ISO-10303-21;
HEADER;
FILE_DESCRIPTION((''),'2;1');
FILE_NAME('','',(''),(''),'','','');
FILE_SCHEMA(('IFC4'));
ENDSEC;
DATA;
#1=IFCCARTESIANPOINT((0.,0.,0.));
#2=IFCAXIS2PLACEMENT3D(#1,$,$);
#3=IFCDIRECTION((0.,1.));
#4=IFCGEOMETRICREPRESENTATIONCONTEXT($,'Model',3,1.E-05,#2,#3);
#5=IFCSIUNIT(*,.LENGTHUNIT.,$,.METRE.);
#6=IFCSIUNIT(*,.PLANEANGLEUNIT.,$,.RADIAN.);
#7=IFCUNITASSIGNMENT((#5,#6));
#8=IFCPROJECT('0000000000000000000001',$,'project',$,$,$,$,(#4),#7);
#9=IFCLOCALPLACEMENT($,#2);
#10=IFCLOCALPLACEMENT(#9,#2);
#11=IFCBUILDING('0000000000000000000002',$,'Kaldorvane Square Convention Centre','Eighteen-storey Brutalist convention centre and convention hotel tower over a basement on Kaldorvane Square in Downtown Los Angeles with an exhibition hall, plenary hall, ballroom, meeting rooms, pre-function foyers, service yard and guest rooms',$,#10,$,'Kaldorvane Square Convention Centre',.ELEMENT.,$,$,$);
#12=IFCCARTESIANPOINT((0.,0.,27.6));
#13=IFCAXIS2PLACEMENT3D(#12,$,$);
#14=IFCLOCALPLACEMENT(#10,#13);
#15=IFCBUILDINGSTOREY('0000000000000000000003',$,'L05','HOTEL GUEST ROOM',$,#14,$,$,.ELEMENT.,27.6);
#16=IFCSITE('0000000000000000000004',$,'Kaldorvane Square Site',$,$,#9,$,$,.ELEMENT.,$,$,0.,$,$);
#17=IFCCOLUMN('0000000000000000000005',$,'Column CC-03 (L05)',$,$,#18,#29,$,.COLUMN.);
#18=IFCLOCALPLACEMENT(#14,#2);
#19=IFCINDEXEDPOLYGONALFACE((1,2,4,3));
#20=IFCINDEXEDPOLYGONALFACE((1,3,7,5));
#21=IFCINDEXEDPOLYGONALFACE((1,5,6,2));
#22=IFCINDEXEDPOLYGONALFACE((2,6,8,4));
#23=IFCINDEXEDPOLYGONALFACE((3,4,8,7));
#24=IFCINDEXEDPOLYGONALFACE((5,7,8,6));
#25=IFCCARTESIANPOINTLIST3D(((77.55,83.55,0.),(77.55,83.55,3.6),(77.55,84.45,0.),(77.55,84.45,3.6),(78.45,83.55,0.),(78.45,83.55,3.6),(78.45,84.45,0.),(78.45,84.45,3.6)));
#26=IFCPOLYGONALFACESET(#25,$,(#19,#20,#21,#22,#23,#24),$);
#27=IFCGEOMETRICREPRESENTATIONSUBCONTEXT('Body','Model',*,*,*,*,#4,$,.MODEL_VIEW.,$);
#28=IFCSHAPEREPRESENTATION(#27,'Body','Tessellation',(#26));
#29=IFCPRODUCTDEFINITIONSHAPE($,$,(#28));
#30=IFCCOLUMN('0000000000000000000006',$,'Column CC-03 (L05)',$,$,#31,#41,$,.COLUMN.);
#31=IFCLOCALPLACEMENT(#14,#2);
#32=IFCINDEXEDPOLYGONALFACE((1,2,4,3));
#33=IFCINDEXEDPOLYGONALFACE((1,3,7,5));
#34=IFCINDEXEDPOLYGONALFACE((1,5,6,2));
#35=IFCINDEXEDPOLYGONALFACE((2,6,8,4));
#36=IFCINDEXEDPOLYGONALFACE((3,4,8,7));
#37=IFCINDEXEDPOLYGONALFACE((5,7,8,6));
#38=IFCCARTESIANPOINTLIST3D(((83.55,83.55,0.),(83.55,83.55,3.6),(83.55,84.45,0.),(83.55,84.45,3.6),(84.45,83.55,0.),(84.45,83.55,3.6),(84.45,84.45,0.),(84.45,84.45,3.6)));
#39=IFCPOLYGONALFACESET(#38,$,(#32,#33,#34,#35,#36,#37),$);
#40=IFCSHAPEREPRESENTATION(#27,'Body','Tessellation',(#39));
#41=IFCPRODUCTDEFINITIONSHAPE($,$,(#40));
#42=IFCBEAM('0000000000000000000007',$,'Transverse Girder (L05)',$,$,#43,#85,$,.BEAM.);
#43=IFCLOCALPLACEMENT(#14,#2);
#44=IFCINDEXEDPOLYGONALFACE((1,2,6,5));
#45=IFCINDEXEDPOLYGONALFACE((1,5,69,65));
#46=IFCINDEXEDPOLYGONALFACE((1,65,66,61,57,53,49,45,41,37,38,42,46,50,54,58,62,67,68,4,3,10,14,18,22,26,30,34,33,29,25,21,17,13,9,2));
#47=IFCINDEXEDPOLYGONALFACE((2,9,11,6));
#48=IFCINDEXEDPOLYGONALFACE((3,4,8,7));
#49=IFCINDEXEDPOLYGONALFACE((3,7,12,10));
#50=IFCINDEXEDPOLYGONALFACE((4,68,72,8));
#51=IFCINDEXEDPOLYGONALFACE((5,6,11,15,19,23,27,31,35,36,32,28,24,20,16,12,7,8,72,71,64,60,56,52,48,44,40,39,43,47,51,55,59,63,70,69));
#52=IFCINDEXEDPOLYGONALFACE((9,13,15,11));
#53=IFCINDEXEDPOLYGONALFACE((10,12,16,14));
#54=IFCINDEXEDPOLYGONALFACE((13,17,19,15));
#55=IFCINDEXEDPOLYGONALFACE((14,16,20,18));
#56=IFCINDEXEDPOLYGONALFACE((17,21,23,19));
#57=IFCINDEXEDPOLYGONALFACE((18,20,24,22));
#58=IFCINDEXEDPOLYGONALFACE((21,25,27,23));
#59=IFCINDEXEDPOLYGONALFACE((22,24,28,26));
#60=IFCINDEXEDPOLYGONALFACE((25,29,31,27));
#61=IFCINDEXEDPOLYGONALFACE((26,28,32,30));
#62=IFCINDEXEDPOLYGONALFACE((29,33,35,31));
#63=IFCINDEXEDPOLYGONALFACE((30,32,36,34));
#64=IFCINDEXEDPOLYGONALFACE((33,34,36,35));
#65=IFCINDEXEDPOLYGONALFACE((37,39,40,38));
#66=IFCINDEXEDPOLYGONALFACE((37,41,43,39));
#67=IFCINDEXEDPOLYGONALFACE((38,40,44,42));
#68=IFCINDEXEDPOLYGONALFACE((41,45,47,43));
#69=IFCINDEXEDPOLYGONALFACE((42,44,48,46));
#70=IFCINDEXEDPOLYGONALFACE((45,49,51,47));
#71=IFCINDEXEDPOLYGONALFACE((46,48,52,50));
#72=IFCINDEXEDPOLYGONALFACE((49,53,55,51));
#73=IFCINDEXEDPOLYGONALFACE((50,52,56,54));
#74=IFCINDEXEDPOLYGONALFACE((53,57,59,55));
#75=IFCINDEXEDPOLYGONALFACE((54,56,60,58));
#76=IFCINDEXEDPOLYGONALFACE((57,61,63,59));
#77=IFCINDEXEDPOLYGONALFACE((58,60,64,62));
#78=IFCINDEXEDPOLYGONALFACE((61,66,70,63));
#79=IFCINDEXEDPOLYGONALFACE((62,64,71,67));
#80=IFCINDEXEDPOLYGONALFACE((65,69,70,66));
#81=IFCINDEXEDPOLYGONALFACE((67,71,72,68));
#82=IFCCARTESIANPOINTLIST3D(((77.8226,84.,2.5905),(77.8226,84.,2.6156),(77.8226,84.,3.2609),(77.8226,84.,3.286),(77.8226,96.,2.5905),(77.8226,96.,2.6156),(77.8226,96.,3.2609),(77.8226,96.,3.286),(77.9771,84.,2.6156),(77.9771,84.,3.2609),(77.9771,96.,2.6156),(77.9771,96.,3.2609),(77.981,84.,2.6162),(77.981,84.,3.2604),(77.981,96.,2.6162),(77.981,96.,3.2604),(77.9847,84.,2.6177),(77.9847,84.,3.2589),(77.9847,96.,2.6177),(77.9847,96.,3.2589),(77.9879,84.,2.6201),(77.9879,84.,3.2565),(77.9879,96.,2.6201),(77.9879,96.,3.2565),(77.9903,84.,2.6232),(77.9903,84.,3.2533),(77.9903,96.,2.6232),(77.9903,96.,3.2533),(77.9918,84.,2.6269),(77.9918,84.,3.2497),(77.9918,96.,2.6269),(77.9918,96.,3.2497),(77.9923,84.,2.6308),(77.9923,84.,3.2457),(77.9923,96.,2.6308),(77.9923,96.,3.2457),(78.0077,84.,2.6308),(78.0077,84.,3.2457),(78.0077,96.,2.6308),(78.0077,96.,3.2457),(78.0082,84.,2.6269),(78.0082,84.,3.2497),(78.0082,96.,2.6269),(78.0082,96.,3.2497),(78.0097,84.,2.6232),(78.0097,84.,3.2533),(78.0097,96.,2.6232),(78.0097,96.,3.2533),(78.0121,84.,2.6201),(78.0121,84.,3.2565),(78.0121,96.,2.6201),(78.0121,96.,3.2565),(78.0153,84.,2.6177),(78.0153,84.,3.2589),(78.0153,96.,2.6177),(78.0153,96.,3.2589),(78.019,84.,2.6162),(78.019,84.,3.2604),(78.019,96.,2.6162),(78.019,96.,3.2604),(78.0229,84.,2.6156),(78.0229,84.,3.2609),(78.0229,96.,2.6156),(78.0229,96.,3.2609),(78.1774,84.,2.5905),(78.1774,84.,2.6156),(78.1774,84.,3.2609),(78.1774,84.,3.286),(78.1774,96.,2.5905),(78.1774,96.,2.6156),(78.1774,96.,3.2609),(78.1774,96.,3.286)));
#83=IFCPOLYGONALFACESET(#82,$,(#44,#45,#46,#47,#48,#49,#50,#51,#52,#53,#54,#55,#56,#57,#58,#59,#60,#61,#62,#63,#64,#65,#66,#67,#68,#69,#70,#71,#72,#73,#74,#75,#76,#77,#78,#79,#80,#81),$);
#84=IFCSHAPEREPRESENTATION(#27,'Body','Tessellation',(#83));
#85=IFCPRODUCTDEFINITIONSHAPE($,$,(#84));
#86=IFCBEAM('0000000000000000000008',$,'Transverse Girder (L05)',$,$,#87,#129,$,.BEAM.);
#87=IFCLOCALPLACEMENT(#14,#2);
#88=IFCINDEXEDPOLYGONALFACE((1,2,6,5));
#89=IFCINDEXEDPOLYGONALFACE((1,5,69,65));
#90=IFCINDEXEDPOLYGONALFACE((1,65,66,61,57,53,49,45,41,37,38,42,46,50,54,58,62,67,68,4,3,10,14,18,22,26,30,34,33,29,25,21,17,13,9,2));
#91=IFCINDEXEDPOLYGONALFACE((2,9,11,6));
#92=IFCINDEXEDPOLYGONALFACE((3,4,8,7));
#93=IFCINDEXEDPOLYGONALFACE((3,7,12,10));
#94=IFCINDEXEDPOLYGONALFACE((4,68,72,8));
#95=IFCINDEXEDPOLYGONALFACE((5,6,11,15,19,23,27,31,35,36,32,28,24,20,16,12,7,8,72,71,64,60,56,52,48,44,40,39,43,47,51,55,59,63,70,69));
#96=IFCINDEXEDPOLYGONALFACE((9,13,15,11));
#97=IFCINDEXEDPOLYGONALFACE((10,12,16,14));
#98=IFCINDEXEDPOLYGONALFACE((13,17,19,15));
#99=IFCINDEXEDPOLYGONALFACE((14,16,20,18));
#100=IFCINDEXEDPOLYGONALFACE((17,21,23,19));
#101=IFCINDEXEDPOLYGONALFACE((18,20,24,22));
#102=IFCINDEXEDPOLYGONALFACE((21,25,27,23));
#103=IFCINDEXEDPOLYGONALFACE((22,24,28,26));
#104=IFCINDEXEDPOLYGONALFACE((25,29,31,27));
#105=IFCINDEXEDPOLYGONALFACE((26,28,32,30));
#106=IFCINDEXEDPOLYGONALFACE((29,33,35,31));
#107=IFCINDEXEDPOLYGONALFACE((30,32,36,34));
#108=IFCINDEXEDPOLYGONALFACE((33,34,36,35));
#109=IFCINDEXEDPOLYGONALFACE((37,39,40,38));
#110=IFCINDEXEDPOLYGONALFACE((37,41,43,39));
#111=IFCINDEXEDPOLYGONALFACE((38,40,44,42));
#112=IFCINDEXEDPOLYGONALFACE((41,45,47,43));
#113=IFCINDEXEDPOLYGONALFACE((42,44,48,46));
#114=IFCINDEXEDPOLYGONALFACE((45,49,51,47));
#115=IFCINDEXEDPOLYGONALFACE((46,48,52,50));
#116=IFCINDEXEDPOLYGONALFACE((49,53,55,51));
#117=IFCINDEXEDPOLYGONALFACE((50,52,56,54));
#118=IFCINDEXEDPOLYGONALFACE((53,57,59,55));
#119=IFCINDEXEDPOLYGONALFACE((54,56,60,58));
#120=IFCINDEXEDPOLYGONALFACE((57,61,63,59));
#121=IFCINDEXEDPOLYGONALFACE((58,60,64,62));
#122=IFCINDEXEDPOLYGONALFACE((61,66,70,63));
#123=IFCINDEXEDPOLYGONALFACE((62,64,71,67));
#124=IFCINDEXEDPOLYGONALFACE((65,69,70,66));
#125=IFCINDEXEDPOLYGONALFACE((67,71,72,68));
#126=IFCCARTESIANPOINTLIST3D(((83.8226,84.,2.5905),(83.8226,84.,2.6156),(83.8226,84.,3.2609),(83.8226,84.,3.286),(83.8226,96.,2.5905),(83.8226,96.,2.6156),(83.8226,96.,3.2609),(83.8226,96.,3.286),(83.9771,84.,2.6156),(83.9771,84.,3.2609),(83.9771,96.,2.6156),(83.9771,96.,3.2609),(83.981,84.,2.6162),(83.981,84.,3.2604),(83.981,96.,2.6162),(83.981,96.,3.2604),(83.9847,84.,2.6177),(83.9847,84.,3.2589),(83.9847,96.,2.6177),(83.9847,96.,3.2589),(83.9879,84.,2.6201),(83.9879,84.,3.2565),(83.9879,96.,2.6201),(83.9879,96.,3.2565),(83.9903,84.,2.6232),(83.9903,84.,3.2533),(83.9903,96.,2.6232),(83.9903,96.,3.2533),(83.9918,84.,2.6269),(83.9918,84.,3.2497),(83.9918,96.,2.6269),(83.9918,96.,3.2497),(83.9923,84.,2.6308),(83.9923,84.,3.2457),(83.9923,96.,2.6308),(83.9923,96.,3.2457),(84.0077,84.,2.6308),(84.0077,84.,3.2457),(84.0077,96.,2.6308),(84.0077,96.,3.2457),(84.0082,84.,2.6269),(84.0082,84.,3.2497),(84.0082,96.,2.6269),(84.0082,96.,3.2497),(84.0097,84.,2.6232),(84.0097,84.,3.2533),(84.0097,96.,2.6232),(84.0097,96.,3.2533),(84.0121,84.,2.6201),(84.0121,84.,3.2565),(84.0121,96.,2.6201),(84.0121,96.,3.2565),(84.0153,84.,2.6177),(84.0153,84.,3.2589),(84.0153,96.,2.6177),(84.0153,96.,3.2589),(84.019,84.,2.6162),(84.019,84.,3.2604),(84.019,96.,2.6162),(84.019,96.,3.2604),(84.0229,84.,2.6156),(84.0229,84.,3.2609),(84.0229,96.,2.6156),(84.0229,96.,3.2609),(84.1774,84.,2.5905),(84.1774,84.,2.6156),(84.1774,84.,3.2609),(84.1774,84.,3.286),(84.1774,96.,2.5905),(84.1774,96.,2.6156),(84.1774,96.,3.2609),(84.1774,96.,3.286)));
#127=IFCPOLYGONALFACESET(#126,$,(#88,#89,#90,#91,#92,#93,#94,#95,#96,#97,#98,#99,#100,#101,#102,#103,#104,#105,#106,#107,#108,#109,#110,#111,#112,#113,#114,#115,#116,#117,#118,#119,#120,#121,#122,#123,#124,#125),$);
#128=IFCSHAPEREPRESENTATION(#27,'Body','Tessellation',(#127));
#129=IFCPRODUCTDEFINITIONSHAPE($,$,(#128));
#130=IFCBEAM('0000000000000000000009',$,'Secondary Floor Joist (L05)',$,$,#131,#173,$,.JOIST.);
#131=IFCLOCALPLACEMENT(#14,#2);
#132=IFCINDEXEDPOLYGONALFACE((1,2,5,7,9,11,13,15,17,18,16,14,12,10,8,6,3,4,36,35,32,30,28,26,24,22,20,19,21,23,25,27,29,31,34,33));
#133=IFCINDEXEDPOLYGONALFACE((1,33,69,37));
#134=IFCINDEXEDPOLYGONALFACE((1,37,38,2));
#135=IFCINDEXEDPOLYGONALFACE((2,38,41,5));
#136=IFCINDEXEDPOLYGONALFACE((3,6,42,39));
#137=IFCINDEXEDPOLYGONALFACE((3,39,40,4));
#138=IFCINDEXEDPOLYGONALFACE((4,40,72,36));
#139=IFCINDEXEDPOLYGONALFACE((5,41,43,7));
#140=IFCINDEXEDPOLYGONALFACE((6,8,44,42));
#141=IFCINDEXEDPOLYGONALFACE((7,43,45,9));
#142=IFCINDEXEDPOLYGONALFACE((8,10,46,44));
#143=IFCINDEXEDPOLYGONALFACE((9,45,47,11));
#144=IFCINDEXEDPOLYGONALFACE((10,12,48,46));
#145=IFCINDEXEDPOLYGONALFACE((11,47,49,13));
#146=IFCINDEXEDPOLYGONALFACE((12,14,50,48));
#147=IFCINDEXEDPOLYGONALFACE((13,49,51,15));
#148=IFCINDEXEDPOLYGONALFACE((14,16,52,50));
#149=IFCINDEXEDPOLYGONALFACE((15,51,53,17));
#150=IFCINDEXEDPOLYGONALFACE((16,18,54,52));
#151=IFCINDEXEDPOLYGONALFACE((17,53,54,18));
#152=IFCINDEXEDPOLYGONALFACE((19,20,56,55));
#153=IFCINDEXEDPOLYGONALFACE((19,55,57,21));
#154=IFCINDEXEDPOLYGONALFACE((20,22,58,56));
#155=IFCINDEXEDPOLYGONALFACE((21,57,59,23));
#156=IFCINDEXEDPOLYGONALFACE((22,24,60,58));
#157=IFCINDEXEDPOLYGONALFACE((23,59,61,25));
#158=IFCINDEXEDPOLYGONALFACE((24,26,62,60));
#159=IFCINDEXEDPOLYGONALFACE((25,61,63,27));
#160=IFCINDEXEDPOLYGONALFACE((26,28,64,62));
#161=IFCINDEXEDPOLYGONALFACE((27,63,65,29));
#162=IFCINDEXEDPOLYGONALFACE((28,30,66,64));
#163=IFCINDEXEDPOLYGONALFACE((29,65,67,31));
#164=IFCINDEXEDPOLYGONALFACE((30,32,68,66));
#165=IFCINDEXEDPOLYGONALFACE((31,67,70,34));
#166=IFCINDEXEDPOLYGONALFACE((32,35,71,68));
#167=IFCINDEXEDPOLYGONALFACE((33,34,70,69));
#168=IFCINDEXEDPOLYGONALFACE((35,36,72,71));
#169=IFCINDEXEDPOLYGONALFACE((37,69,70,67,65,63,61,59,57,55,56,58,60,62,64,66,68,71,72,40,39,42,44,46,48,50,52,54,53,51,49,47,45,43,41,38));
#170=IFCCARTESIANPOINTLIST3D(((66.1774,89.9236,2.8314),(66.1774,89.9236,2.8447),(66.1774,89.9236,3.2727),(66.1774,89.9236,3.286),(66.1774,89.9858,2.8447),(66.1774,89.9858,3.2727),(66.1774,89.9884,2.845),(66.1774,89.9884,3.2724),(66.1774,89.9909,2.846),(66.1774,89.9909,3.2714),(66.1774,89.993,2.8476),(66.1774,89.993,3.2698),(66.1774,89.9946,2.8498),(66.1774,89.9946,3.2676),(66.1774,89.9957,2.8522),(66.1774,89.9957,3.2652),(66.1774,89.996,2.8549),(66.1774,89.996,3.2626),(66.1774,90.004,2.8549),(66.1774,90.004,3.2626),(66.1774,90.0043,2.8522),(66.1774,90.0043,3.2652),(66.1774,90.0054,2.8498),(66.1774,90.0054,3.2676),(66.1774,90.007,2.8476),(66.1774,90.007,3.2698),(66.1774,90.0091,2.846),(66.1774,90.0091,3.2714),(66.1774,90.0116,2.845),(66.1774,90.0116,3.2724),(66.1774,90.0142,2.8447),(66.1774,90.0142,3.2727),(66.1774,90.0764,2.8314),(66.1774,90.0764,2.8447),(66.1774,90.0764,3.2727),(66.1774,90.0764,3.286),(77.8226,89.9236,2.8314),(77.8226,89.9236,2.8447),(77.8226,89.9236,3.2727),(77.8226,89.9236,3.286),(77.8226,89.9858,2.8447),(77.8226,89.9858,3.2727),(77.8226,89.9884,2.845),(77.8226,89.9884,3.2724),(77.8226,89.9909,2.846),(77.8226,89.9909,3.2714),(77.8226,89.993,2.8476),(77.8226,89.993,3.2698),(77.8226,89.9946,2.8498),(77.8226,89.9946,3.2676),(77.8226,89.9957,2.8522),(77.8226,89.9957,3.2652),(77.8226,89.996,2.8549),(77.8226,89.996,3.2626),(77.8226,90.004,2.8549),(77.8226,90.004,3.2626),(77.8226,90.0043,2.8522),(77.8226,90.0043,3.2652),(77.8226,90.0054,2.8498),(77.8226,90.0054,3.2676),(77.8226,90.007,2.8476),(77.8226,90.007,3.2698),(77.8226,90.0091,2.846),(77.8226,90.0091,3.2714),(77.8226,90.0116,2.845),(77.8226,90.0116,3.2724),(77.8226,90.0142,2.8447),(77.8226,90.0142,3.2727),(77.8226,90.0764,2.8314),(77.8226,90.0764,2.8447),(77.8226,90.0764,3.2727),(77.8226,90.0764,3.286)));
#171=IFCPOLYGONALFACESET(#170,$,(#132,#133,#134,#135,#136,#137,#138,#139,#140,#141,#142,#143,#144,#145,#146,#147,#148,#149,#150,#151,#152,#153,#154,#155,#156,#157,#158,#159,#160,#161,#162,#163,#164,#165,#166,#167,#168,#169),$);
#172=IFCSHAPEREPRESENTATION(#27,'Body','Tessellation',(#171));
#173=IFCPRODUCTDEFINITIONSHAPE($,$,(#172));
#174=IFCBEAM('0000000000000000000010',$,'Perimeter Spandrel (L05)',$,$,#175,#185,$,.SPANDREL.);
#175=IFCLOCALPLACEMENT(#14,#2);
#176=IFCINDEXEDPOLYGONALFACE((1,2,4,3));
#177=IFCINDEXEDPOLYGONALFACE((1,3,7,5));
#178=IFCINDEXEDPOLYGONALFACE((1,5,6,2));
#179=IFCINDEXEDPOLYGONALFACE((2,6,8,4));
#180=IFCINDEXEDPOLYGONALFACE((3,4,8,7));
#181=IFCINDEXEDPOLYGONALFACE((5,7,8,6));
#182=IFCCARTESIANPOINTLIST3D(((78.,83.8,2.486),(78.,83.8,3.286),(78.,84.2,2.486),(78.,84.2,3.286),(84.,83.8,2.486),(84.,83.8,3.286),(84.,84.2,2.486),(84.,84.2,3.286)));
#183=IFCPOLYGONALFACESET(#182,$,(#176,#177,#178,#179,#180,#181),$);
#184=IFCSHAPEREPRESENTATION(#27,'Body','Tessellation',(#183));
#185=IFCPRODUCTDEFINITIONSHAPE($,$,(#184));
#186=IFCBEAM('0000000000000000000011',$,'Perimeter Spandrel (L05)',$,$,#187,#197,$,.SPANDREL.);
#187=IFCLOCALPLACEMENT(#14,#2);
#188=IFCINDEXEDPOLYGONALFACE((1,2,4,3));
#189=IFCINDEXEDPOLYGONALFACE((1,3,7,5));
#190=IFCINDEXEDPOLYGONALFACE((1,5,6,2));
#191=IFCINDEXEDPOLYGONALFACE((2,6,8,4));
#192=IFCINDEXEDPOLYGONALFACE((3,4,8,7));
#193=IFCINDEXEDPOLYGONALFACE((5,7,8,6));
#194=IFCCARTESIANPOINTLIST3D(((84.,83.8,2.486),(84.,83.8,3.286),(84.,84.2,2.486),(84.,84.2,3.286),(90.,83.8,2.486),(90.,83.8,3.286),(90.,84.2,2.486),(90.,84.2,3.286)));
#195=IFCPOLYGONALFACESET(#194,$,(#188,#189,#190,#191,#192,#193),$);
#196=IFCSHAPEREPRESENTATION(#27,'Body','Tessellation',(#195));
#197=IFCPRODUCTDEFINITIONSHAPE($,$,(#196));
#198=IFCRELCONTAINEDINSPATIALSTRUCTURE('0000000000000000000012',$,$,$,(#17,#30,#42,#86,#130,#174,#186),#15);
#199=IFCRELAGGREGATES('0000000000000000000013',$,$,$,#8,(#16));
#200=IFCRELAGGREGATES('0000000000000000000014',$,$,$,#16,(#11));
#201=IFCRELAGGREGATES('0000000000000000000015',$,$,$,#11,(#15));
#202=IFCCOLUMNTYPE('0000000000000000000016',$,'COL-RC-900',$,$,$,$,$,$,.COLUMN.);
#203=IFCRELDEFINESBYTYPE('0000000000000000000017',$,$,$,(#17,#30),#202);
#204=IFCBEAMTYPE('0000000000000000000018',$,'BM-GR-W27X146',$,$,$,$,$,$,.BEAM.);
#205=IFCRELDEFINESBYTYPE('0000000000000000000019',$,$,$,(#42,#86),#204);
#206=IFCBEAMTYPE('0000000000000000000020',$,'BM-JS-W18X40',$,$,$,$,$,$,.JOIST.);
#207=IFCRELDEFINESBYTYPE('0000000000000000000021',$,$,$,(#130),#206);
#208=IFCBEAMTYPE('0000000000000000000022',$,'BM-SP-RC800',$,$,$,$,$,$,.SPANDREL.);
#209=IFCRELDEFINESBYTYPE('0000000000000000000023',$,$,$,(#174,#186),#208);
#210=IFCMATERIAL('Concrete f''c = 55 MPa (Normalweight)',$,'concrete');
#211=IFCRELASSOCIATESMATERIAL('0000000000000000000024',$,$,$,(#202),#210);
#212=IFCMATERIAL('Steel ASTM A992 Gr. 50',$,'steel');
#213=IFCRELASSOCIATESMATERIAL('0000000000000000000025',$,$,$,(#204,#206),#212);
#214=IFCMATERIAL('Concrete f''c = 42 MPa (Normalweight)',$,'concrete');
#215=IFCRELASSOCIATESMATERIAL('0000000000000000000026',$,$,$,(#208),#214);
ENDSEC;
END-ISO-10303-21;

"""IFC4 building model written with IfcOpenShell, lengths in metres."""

from ifc_helpers import new_model, si_unit, direction, frame, origin, origin_2d, place, context, subcontext, project, spatial, rectangle, i_section, extrude, material, material_profile, profile_set, type_object, element, save


model = new_model("IFC4")

# Units and contexts
model_context = context("Model", 3, precision=1e-05, world=origin(), true_north=direction((0.0, 1.0)))
body_context = subcontext(model_context, "Body", "Model", "MODEL_VIEW")
ifc_project = project(units=[si_unit("LENGTHUNIT", "METRE"), si_unit("PLANEANGLEUNIT", "RADIAN")], contexts=[model_context])

# Site, building, storey
site_placement = place(None, origin())
site = spatial("IfcSite", under=ifc_project, at=site_placement, Name="Kaldorvane Square Site", CompositionType="ELEMENT", RefElevation=0.0)
building_placement = place(site_placement, origin())
building = spatial("IfcBuilding", under=site, at=building_placement, Name="Kaldorvane Square Convention Centre", Description="Eighteen-storey Brutalist convention centre and convention hotel tower over a basement on Kaldorvane Square in Downtown Los Angeles with an exhibition hall, plenary hall, ballroom, meeting rooms, pre-function foyers, service yard and guest rooms", LongName="Kaldorvane Square Convention Centre", CompositionType="ELEMENT")
storey_placement = place(building_placement, frame((0.0, 0.0, 27.6)))
storey = spatial("IfcBuildingStorey", under=building, at=storey_placement, Name="L05", Description="HOTEL GUEST ROOM", CompositionType="ELEMENT", Elevation=27.6)

# Columns
ifc_material_1 = material(Name="Concrete f'c = 55 MPa (Normalweight)", Category="concrete")
ifc_material_profile_1 = material_profile(ifc_material_1, rectangle(XDim=0.9, YDim=0.9, at=origin_2d()), Name="RC900X900")
ifc_profile_set_1 = profile_set([ifc_material_profile_1], Name="Concrete f'c = 55 MPa (Normalweight)")
column_type = type_object("IfcColumnType", Name="COL-RC-900", PredefinedType="COLUMN", material=ifc_profile_set_1)
for number, where, z_axis, x_axis, name in (
    (1, (78.0, 84.0, 0.0), (0.0, 0.0, 1.0), (1.0, 0.0, 0.0), "Column CC-03 (L05)"),
    (2, (84.0, 84.0, 0.0), (0.0, 0.0, 1.0), (1.0, 0.0, 0.0), "Column CC-03 (L05)"),
):
    element("IfcColumn", number, at=place(storey_placement, frame(where, z_axis=z_axis, x_axis=x_axis)), inside=storey, type_object=column_type, Name=name, PredefinedType="COLUMN", context=body_context, shape_type="SweptSolid", body=[
        extrude(rectangle(XDim=0.9, YDim=0.9, at=origin_2d()), origin(), (0.0, 0.0, 1.0), 3.6),
    ])

# Beams
ifc_material_2 = material(Name="Steel ASTM A992 Gr. 50", Category="steel")
ifc_material_profile_2 = material_profile(ifc_material_2, i_section(OverallWidth=0.3547, OverallDepth=0.6955, WebThickness=0.0154, FlangeThickness=0.0251, FilletRadius=0.0152, at=origin_2d()), Name="W27X146")
ifc_profile_set_2 = profile_set([ifc_material_profile_2], Name="Steel ASTM A992 Gr. 50")
beam_type_1 = type_object("IfcBeamType", Name="BM-GR-W27X146", PredefinedType="BEAM", material=ifc_profile_set_2)
for number, where, z_axis, x_axis, name in (
    (3, (78.0, 84.0, 2.9383), (0.0, 1.0, 0.0), (-1.0, 0.0, 0.0), "Transverse Girder (L05)"),
    (4, (84.0, 84.0, 2.9383), (0.0, 1.0, 0.0), (-1.0, 0.0, 0.0), "Transverse Girder (L05)"),
):
    element("IfcBeam", number, at=place(storey_placement, frame(where, z_axis=z_axis, x_axis=x_axis)), inside=storey, type_object=beam_type_1, Name=name, PredefinedType="BEAM", context=body_context, shape_type="SweptSolid", body=[
        extrude(i_section(OverallWidth=0.3547, OverallDepth=0.6955, WebThickness=0.0154, FlangeThickness=0.0251, FilletRadius=0.0152, at=origin_2d()), origin(), (0.0, 0.0, 1.0), 12.0),
    ])
ifc_material_profile_3 = material_profile(ifc_material_2, i_section(OverallWidth=0.1528, OverallDepth=0.4547, WebThickness=0.008, FlangeThickness=0.0133, FilletRadius=0.0102, at=origin_2d()), Name="W18X40")
ifc_profile_set_3 = profile_set([ifc_material_profile_3], Name="Steel ASTM A992 Gr. 50")
beam_type_2 = type_object("IfcBeamType", Name="BM-JS-W18X40", PredefinedType="JOIST", material=ifc_profile_set_3)
beam_placement = place(storey_placement, frame((66.1774, 90.0, 3.0587), z_axis=(1.0, 0.0, 0.0), x_axis=(0.0, 1.0, 0.0)))
element("IfcBeam", 5, at=beam_placement, inside=storey, type_object=beam_type_2, Name="Secondary Floor Joist (L05)", PredefinedType="JOIST", context=body_context, shape_type="SweptSolid", body=[
    extrude(i_section(OverallWidth=0.1528, OverallDepth=0.4547, WebThickness=0.008, FlangeThickness=0.0133, FilletRadius=0.0102, at=origin_2d()), origin(), (0.0, 0.0, 1.0), 11.6452),
])
ifc_material_3 = material(Name="Concrete f'c = 42 MPa (Normalweight)", Category="concrete")
ifc_material_profile_4 = material_profile(ifc_material_3, rectangle(XDim=0.4, YDim=0.8, at=origin_2d()), Name="RCSP800X400")
ifc_profile_set_4 = profile_set([ifc_material_profile_4], Name="Concrete f'c = 42 MPa (Normalweight)")
beam_type_3 = type_object("IfcBeamType", Name="BM-SP-RC800", PredefinedType="SPANDREL", material=ifc_profile_set_4)
for number, where, z_axis, x_axis, name in (
    (6, (78.0, 84.0, 2.886), (1.0, 0.0, 0.0), (0.0, 1.0, 0.0), "Perimeter Spandrel (L05)"),
    (7, (84.0, 84.0, 2.886), (1.0, 0.0, 0.0), (0.0, 1.0, 0.0), "Perimeter Spandrel (L05)"),
):
    element("IfcBeam", number, at=place(storey_placement, frame(where, z_axis=z_axis, x_axis=x_axis)), inside=storey, type_object=beam_type_3, Name=name, PredefinedType="SPANDREL", context=body_context, shape_type="SweptSolid", body=[
        extrude(rectangle(XDim=0.4, YDim=0.8, at=origin_2d()), origin(), (0.0, 0.0, 1.0), 6.0),
    ])

save(model, "model.ifc")
